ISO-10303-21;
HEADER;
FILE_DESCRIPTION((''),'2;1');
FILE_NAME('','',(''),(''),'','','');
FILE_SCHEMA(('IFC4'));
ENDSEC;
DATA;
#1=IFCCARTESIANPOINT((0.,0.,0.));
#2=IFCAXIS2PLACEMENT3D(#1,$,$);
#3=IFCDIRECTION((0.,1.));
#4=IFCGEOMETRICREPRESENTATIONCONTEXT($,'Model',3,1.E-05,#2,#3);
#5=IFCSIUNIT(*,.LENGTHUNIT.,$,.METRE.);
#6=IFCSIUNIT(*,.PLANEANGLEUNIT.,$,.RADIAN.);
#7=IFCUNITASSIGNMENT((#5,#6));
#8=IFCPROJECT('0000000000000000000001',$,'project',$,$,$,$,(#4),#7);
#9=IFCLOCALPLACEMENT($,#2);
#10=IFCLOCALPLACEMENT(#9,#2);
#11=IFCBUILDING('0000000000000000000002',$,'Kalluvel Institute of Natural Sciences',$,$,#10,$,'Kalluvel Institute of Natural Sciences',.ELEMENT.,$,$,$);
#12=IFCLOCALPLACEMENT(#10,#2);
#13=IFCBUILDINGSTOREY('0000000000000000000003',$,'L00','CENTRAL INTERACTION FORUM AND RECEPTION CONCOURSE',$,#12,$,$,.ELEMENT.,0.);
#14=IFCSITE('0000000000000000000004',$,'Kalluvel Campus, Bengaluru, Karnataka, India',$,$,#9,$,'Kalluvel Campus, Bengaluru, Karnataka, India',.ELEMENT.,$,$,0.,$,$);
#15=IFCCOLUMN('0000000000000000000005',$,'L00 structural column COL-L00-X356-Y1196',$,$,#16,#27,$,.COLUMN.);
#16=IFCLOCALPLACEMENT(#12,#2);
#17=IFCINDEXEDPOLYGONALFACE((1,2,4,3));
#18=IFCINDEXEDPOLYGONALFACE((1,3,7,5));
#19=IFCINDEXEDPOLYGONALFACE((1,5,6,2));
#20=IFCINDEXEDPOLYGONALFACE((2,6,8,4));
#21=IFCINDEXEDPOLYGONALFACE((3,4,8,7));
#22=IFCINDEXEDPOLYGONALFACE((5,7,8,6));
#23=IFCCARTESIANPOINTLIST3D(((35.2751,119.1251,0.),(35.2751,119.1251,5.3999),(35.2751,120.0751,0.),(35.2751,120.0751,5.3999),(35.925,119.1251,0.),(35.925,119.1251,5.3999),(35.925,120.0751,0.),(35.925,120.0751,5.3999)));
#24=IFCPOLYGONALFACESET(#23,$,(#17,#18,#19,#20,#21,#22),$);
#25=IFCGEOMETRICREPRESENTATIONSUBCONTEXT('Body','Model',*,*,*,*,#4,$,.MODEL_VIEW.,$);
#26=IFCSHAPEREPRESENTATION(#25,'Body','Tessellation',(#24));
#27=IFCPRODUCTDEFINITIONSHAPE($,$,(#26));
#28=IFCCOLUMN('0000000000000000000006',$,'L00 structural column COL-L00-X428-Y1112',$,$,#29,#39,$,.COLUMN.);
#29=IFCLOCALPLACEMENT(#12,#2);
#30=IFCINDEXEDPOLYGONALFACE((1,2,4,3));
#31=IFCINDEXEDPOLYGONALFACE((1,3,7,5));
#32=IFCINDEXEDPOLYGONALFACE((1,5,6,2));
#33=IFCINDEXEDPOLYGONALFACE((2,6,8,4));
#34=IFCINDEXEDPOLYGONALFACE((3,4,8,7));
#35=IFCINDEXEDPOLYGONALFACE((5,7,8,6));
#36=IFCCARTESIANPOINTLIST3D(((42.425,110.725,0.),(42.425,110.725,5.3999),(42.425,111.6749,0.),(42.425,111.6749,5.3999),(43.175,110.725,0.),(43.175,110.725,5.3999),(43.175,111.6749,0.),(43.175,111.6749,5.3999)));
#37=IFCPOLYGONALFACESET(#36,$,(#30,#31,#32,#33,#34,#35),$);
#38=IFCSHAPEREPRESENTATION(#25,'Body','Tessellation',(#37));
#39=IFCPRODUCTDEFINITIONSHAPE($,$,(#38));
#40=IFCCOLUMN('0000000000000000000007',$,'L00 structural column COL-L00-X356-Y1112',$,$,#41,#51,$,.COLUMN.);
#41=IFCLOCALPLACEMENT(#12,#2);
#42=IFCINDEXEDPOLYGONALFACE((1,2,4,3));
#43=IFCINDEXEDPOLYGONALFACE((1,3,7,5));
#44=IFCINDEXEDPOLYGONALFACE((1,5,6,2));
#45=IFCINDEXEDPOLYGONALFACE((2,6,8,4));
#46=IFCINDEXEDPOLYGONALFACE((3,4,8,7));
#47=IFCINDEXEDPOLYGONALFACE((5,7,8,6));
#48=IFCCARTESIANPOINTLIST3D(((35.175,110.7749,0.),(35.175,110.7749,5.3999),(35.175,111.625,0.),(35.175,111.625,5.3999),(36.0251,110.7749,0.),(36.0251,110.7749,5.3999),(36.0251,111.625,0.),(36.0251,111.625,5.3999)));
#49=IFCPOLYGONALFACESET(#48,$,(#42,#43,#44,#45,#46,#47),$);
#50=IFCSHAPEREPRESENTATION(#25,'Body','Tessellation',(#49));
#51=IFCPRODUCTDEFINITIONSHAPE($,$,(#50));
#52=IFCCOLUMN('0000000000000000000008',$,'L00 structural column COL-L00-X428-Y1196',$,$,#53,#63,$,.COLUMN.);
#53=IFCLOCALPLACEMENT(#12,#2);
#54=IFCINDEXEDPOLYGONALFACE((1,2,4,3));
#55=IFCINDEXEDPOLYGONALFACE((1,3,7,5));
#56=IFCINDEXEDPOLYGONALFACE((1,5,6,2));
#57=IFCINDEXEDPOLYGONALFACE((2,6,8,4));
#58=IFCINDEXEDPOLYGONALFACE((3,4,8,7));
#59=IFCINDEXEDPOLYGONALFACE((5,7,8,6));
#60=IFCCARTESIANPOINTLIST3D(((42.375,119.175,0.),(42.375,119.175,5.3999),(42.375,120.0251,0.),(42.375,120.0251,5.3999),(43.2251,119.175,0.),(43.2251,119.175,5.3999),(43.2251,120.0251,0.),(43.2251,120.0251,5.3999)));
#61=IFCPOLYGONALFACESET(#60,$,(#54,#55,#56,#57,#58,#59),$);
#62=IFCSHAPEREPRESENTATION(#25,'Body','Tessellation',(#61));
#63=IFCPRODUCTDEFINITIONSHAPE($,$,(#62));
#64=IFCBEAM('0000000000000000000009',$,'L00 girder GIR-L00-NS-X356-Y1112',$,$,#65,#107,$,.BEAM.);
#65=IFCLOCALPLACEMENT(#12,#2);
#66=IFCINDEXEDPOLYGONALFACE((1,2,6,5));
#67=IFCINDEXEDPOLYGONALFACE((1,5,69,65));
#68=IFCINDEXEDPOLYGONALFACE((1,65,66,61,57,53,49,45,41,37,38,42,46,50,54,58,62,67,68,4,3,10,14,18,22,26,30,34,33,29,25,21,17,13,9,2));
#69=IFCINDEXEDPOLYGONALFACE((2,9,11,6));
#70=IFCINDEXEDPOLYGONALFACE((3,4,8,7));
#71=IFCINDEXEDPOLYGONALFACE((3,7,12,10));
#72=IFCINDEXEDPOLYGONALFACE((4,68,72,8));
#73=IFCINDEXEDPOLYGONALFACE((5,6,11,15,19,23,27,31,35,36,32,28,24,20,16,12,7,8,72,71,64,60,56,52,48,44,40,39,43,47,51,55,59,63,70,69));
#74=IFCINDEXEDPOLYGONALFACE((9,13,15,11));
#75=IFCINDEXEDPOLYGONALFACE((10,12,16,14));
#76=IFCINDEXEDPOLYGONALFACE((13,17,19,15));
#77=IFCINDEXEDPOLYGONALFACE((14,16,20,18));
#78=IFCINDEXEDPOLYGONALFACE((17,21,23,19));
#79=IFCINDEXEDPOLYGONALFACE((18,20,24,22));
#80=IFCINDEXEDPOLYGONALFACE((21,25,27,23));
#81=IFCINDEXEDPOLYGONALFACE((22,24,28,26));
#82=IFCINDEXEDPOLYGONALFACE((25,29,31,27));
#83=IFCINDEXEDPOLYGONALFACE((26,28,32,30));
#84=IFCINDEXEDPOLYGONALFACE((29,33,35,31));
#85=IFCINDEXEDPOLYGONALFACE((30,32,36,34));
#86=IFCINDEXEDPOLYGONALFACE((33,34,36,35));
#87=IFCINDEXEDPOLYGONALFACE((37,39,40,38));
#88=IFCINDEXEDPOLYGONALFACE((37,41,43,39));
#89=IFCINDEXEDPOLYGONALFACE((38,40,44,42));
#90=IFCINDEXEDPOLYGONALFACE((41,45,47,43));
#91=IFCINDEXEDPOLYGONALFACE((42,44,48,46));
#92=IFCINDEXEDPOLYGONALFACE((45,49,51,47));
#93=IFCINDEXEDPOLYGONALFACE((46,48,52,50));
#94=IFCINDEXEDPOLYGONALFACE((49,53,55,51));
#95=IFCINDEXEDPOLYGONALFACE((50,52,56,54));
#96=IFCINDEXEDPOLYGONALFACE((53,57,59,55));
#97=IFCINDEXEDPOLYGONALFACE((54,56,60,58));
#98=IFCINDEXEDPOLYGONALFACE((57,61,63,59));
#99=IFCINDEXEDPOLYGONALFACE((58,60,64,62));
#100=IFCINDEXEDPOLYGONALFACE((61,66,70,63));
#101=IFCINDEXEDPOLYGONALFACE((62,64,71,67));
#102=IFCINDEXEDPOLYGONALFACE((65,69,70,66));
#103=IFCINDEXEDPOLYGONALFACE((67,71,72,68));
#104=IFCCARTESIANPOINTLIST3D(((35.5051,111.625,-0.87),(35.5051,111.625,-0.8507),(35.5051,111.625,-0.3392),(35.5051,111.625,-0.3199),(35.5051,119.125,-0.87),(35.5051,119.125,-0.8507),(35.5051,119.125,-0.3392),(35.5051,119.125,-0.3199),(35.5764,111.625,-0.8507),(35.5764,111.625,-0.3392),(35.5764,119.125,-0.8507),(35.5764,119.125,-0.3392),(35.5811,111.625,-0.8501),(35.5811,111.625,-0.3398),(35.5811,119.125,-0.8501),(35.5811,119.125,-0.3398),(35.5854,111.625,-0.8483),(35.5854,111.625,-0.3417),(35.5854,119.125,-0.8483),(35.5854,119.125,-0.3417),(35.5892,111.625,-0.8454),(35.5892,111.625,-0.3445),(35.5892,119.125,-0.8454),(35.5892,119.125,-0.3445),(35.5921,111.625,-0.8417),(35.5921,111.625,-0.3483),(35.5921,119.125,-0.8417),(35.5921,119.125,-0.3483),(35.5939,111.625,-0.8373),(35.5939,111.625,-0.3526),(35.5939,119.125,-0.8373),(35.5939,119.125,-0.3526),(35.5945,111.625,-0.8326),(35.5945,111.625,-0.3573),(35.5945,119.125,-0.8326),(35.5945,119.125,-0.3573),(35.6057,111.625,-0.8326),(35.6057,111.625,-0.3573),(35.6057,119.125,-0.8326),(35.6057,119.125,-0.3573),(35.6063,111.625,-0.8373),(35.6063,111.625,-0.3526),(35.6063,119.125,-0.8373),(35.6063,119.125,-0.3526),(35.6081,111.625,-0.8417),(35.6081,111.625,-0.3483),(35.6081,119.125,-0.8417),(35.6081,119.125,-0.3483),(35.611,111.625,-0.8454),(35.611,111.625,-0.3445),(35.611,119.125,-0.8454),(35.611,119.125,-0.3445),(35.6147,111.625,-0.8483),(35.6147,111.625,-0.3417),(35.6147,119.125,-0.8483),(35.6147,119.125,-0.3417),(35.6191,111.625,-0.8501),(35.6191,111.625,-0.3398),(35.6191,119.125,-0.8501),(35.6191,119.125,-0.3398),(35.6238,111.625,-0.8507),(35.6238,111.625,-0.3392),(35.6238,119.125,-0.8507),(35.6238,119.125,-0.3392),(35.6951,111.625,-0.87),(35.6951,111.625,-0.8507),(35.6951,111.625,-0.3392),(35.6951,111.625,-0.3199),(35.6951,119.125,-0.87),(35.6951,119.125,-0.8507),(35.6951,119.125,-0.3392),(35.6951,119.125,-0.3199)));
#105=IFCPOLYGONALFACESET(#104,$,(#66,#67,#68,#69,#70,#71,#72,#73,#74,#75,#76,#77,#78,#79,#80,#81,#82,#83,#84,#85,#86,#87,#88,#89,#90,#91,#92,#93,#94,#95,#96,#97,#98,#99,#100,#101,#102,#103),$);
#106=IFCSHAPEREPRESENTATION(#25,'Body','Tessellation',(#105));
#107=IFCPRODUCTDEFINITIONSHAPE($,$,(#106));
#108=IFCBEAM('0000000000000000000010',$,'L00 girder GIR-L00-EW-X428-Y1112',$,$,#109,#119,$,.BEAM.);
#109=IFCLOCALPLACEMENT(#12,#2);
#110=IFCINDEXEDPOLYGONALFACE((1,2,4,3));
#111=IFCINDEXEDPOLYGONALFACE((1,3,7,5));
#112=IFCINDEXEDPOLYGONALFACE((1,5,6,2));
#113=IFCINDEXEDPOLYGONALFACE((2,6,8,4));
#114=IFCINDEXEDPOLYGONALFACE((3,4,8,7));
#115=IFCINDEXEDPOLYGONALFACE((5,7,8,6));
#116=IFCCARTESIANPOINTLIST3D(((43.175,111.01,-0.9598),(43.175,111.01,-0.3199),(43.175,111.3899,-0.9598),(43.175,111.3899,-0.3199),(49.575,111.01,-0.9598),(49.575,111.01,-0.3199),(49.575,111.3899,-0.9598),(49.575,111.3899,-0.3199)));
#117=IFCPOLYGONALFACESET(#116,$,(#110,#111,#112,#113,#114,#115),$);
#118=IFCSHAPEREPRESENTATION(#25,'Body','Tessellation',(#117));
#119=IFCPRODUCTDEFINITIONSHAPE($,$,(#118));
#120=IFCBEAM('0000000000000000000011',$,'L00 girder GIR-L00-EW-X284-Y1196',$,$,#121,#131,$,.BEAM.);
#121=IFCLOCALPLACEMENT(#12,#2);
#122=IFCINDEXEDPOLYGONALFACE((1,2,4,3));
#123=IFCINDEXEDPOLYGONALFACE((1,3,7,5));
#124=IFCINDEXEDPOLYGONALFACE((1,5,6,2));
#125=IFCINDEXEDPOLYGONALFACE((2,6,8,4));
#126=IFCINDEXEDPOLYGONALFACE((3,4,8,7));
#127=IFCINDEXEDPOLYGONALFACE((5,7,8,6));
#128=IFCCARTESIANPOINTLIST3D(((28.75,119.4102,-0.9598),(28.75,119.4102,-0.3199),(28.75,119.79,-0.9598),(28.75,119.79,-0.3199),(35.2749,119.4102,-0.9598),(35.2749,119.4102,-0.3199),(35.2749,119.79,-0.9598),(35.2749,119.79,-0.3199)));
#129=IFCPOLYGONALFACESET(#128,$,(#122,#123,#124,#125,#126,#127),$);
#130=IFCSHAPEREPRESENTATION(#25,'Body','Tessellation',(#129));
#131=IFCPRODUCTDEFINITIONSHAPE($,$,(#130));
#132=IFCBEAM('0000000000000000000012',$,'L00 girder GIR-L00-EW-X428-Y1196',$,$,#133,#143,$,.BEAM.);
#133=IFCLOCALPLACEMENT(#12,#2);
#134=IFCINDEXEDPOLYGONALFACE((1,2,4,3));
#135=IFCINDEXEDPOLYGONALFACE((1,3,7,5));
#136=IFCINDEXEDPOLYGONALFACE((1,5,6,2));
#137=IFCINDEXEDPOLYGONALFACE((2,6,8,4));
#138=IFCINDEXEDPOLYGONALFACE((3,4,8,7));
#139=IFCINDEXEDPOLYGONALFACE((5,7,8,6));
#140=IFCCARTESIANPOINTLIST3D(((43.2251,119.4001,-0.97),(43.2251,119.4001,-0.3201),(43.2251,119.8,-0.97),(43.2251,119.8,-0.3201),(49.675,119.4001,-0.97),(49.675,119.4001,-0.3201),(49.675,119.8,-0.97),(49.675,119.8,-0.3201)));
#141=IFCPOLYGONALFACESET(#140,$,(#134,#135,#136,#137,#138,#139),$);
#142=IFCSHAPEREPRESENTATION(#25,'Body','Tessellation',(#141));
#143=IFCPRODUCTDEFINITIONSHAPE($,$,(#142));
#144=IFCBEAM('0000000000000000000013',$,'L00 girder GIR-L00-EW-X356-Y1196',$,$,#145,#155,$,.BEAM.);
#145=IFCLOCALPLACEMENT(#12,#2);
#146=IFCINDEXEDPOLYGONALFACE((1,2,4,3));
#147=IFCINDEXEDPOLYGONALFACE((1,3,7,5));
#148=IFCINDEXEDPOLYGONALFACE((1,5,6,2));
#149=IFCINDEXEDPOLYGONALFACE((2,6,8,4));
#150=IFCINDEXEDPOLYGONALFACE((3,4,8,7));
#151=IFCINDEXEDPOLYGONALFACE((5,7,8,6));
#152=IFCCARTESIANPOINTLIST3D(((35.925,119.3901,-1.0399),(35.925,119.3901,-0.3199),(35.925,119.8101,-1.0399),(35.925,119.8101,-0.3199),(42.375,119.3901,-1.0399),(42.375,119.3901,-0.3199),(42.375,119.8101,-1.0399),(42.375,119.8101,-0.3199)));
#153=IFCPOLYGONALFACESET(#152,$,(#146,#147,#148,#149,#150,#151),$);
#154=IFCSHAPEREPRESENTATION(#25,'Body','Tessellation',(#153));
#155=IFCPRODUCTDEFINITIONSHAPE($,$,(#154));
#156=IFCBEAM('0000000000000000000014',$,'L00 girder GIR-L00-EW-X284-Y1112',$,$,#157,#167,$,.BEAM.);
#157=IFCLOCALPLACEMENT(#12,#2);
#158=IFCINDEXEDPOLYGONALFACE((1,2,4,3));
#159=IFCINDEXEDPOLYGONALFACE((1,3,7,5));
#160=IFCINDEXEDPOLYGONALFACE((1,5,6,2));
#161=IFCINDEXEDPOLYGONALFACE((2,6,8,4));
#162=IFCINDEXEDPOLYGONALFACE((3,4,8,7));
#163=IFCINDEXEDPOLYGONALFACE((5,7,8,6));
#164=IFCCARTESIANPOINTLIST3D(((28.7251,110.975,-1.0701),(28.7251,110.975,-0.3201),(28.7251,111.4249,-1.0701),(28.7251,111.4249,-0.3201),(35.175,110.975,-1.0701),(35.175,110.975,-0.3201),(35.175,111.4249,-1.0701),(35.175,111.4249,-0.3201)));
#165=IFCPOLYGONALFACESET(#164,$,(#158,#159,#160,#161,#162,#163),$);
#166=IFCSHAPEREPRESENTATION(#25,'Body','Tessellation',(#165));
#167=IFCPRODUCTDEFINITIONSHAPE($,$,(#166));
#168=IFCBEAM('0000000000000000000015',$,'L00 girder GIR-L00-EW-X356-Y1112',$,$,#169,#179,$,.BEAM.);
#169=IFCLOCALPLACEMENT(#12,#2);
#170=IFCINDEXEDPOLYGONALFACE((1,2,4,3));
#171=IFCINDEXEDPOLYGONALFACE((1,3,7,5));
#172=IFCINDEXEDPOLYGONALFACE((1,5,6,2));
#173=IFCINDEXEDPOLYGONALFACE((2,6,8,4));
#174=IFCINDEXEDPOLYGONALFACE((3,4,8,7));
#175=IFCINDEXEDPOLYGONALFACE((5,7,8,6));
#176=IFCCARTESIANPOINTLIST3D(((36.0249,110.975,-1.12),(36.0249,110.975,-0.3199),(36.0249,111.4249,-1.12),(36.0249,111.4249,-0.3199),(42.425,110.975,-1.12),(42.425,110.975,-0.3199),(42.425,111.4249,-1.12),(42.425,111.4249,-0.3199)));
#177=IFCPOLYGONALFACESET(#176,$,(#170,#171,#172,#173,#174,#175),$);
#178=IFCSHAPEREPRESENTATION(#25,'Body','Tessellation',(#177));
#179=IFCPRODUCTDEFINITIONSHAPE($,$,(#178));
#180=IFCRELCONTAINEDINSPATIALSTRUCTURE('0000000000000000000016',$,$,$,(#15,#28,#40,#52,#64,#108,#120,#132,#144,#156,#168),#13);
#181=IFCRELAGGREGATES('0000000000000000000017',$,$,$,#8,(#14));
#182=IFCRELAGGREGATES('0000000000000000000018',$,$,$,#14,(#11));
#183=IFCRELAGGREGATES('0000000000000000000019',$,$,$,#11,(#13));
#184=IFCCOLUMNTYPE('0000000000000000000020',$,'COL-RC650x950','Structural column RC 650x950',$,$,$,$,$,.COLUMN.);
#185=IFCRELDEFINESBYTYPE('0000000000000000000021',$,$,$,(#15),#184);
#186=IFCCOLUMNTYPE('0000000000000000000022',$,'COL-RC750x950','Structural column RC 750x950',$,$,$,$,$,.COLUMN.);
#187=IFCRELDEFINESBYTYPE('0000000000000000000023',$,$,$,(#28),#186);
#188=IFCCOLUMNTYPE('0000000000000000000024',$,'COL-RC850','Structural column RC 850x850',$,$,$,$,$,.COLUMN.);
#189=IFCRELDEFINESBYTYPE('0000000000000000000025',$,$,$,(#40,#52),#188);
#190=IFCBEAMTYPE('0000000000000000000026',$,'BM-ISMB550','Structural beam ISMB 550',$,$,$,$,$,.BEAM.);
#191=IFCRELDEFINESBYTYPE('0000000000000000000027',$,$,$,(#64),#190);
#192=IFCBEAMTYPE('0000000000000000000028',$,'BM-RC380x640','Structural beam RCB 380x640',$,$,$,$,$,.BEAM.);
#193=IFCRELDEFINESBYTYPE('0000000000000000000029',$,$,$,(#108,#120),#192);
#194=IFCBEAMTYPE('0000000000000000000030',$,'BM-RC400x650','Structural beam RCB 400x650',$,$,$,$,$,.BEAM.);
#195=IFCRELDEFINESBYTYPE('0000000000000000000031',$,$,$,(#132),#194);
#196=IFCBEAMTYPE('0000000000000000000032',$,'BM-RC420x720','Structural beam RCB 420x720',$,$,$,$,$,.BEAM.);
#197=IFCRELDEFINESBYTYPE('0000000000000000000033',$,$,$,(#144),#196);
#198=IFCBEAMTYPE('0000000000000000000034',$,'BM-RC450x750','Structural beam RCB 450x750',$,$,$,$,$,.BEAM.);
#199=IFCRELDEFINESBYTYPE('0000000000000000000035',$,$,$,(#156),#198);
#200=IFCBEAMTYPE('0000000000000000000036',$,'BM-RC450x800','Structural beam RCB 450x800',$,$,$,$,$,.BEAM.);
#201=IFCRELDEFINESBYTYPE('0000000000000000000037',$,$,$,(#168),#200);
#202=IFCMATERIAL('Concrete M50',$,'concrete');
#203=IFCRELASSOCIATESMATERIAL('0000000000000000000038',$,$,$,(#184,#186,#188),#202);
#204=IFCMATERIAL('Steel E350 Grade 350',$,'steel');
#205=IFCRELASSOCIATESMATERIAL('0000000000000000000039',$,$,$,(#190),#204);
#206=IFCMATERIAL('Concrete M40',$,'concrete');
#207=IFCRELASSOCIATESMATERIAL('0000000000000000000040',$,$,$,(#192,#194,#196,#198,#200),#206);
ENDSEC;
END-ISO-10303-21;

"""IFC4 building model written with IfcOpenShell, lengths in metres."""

from ifc_helpers import new_model, si_unit, direction, frame, origin, origin_2d, place, context, subcontext, project, spatial, rectangle, i_section, extrude, material, material_profile, profile_set, type_object, element, save


model = new_model("IFC4")

# Units and contexts
model_context = context("Model", 3, precision=1e-05, world=origin(), true_north=direction((0.0, 1.0)))
body_context = subcontext(model_context, "Body", "Model", "MODEL_VIEW")
ifc_project = project(units=[si_unit("LENGTHUNIT", "METRE"), si_unit("PLANEANGLEUNIT", "RADIAN")], contexts=[model_context])

# Site, building, storey
site_placement = place(None, origin())
site = spatial("IfcSite", under=ifc_project, at=site_placement, Name="Kalluvel Campus, Bengaluru, Karnataka, India", LongName="Kalluvel Campus, Bengaluru, Karnataka, India", CompositionType="ELEMENT", RefElevation=0.0)
building_placement = place(site_placement, origin())
building = spatial("IfcBuilding", under=site, at=building_placement, Name="Kalluvel Institute of Natural Sciences", LongName="Kalluvel Institute of Natural Sciences", CompositionType="ELEMENT")
storey_placement = place(building_placement, origin())
storey = spatial("IfcBuildingStorey", under=building, at=storey_placement, Name="L00", Description="CENTRAL INTERACTION FORUM AND RECEPTION CONCOURSE", CompositionType="ELEMENT", Elevation=0.0)

# Columns
ifc_material_1 = material(Name="Concrete M50", Category="concrete")
ifc_material_profile_1 = material_profile(ifc_material_1, rectangle(XDim=0.6499, YDim=0.95, at=origin_2d()), Name="RC 650x950")
ifc_profile_set_1 = profile_set([ifc_material_profile_1], Name="Concrete M50")
column_type_1 = type_object("IfcColumnType", Name="COL-RC650x950", Description="Structural column RC 650x950", PredefinedType="COLUMN", material=ifc_profile_set_1)
column_1_placement = place(storey_placement, frame((35.6001, 119.6001, 0.0), z_axis=(0.0, 0.0, 1.0), x_axis=(1.0, 0.0, 0.0)))
element("IfcColumn", 1, at=column_1_placement, inside=storey, type_object=column_type_1, Name="L00 structural column COL-L00-X356-Y1196", PredefinedType="COLUMN", context=body_context, shape_type="SweptSolid", body=[
    extrude(rectangle(XDim=0.6499, YDim=0.95, at=origin_2d()), origin(), (0.0, 0.0, 1.0), 5.3999),
])
ifc_material_profile_2 = material_profile(ifc_material_1, rectangle(XDim=0.75, YDim=0.95, at=origin_2d()), Name="RC 750x950")
ifc_profile_set_2 = profile_set([ifc_material_profile_2], Name="Concrete M50")
column_type_2 = type_object("IfcColumnType", Name="COL-RC750x950", Description="Structural column RC 750x950", PredefinedType="COLUMN", material=ifc_profile_set_2)
column_2_placement = place(storey_placement, frame((42.8, 111.2, 0.0), z_axis=(0.0, 0.0, 1.0), x_axis=(1.0, 0.0, 0.0)))
element("IfcColumn", 2, at=column_2_placement, inside=storey, type_object=column_type_2, Name="L00 structural column COL-L00-X428-Y1112", PredefinedType="COLUMN", context=body_context, shape_type="SweptSolid", body=[
    extrude(rectangle(XDim=0.75, YDim=0.95, at=origin_2d()), origin(), (0.0, 0.0, 1.0), 5.3999),
])
ifc_material_profile_3 = material_profile(ifc_material_1, rectangle(XDim=0.8501, YDim=0.8501, at=origin_2d()), Name="RC 850x850")
ifc_profile_set_3 = profile_set([ifc_material_profile_3], Name="Concrete M50")
column_type_3 = type_object("IfcColumnType", Name="COL-RC850", Description="Structural column RC 850x850", PredefinedType="COLUMN", material=ifc_profile_set_3)
for number, where, z_axis, x_axis, name in (
    (3, (35.6001, 111.2, 0.0), (0.0, 0.0, 1.0), (1.0, 0.0, 0.0), "L00 structural column COL-L00-X356-Y1112"),
    (4, (42.8, 119.6001, 0.0), (0.0, 0.0, 1.0), (1.0, 0.0, 0.0), "L00 structural column COL-L00-X428-Y1196"),
):
    element("IfcColumn", number, at=place(storey_placement, frame(where, z_axis=z_axis, x_axis=x_axis)), inside=storey, type_object=column_type_3, Name=name, PredefinedType="COLUMN", context=body_context, shape_type="SweptSolid", body=[
        extrude(rectangle(XDim=0.8501, YDim=0.8501, at=origin_2d()), origin(), (0.0, 0.0, 1.0), 5.3999),
    ])

# Beams
ifc_material_2 = material(Name="Steel E350 Grade 350", Category="steel")
ifc_material_profile_4 = material_profile(ifc_material_2, i_section(OverallWidth=0.1899, OverallDepth=0.55, WebThickness=0.0112, FlangeThickness=0.0193, FilletRadius=0.0181, at=origin_2d()), Name="ISMB 550")
ifc_profile_set_4 = profile_set([ifc_material_profile_4], Name="Steel E350 Grade 350")
beam_type_1 = type_object("IfcBeamType", Name="BM-ISMB550", Description="Structural beam ISMB 550", PredefinedType="BEAM", material=ifc_profile_set_4)
beam_1_placement = place(storey_placement, frame((35.6001, 111.625, -0.595), z_axis=(0.0, 1.0, 0.0), x_axis=(-1.0, 0.0, 0.0)))
element("IfcBeam", 5, at=beam_1_placement, inside=storey, type_object=beam_type_1, Name="L00 girder GIR-L00-NS-X356-Y1112", PredefinedType="BEAM", context=body_context, shape_type="SweptSolid", body=[
    extrude(i_section(OverallWidth=0.1899, OverallDepth=0.55, WebThickness=0.0112, FlangeThickness=0.0193, FilletRadius=0.0181, at=origin_2d()), origin(), (0.0, 0.0, 1.0), 7.5),
])
ifc_material_3 = material(Name="Concrete M40", Category="concrete")
ifc_material_profile_5 = material_profile(ifc_material_3, rectangle(XDim=0.3799, YDim=0.6399, at=origin_2d()), Name="RCB 380x640")
ifc_profile_set_5 = profile_set([ifc_material_profile_5], Name="Concrete M40")
beam_type_2 = type_object("IfcBeamType", Name="BM-RC380x640", Description="Structural beam RCB 380x640", PredefinedType="BEAM", material=ifc_profile_set_5)
beam_2_placement = place(storey_placement, frame((43.175, 111.2, -0.6399), z_axis=(1.0, 0.0, 0.0), x_axis=(0.0, 1.0, 0.0)))
element("IfcBeam", 6, at=beam_2_placement, inside=storey, type_object=beam_type_2, Name="L00 girder GIR-L00-EW-X428-Y1112", PredefinedType="BEAM", context=body_context, shape_type="SweptSolid", body=[
    extrude(rectangle(XDim=0.3799, YDim=0.6399, at=origin_2d()), origin(), (0.0, 0.0, 1.0), 6.3999),
])
beam_3_placement = place(storey_placement, frame((28.75, 119.6001, -0.6399), z_axis=(1.0, 0.0, 0.0), x_axis=(0.0, 1.0, 0.0)))
element("IfcBeam", 7, at=beam_3_placement, inside=storey, type_object=beam_type_2, Name="L00 girder GIR-L00-EW-X284-Y1196", PredefinedType="BEAM", context=body_context, shape_type="SweptSolid", body=[
    extrude(rectangle(XDim=0.3799, YDim=0.6399, at=origin_2d()), origin(), (0.0, 0.0, 1.0), 6.5249),
])
ifc_material_profile_6 = material_profile(ifc_material_3, rectangle(XDim=0.3999, YDim=0.6499, at=origin_2d()), Name="RCB 400x650")
ifc_profile_set_6 = profile_set([ifc_material_profile_6], Name="Concrete M40")
beam_type_3 = type_object("IfcBeamType", Name="BM-RC400x650", Description="Structural beam RCB 400x650", PredefinedType="BEAM", material=ifc_profile_set_6)
beam_4_placement = place(storey_placement, frame((43.2251, 119.6001, -0.645), z_axis=(1.0, 0.0, 0.0), x_axis=(0.0, 1.0, 0.0)))
element("IfcBeam", 8, at=beam_4_placement, inside=storey, type_object=beam_type_3, Name="L00 girder GIR-L00-EW-X428-Y1196", PredefinedType="BEAM", context=body_context, shape_type="SweptSolid", body=[
    extrude(rectangle(XDim=0.3999, YDim=0.6499, at=origin_2d()), origin(), (0.0, 0.0, 1.0), 6.45),
])
ifc_material_profile_7 = material_profile(ifc_material_3, rectangle(XDim=0.4199, YDim=0.72, at=origin_2d()), Name="RCB 420x720")
ifc_profile_set_7 = profile_set([ifc_material_profile_7], Name="Concrete M40")
beam_type_4 = type_object("IfcBeamType", Name="BM-RC420x720", Description="Structural beam RCB 420x720", PredefinedType="BEAM", material=ifc_profile_set_7)
beam_5_placement = place(storey_placement, frame((35.925, 119.6001, -0.6799), z_axis=(1.0, 0.0, 0.0), x_axis=(0.0, 1.0, 0.0)))
element("IfcBeam", 9, at=beam_5_placement, inside=storey, type_object=beam_type_4, Name="L00 girder GIR-L00-EW-X356-Y1196", PredefinedType="BEAM", context=body_context, shape_type="SweptSolid", body=[
    extrude(rectangle(XDim=0.4199, YDim=0.72, at=origin_2d()), origin(), (0.0, 0.0, 1.0), 6.45),
])
ifc_material_profile_8 = material_profile(ifc_material_3, rectangle(XDim=0.45, YDim=0.75, at=origin_2d()), Name="RCB 450x750")
ifc_profile_set_8 = profile_set([ifc_material_profile_8], Name="Concrete M40")
beam_type_5 = type_object("IfcBeamType", Name="BM-RC450x750", Description="Structural beam RCB 450x750", PredefinedType="BEAM", material=ifc_profile_set_8)
beam_6_placement = place(storey_placement, frame((28.7251, 111.2, -0.6951), z_axis=(1.0, 0.0, 0.0), x_axis=(0.0, 1.0, 0.0)))
element("IfcBeam", 10, at=beam_6_placement, inside=storey, type_object=beam_type_5, Name="L00 girder GIR-L00-EW-X284-Y1112", PredefinedType="BEAM", context=body_context, shape_type="SweptSolid", body=[
    extrude(rectangle(XDim=0.45, YDim=0.75, at=origin_2d()), origin(), (0.0, 0.0, 1.0), 6.45),
])
ifc_material_profile_9 = material_profile(ifc_material_3, rectangle(XDim=0.45, YDim=0.8, at=origin_2d()), Name="RCB 450x800")
ifc_profile_set_9 = profile_set([ifc_material_profile_9], Name="Concrete M40")
beam_type_6 = type_object("IfcBeamType", Name="BM-RC450x800", Description="Structural beam RCB 450x800", PredefinedType="BEAM", material=ifc_profile_set_9)
beam_7_placement = place(storey_placement, frame((36.0249, 111.2, -0.72), z_axis=(1.0, 0.0, 0.0), x_axis=(0.0, 1.0, 0.0)))
element("IfcBeam", 11, at=beam_7_placement, inside=storey, type_object=beam_type_6, Name="L00 girder GIR-L00-EW-X356-Y1112", PredefinedType="BEAM", context=body_context, shape_type="SweptSolid", body=[
    extrude(rectangle(XDim=0.45, YDim=0.8, at=origin_2d()), origin(), (0.0, 0.0, 1.0), 6.4001),
])

save(model, "model.ifc")
